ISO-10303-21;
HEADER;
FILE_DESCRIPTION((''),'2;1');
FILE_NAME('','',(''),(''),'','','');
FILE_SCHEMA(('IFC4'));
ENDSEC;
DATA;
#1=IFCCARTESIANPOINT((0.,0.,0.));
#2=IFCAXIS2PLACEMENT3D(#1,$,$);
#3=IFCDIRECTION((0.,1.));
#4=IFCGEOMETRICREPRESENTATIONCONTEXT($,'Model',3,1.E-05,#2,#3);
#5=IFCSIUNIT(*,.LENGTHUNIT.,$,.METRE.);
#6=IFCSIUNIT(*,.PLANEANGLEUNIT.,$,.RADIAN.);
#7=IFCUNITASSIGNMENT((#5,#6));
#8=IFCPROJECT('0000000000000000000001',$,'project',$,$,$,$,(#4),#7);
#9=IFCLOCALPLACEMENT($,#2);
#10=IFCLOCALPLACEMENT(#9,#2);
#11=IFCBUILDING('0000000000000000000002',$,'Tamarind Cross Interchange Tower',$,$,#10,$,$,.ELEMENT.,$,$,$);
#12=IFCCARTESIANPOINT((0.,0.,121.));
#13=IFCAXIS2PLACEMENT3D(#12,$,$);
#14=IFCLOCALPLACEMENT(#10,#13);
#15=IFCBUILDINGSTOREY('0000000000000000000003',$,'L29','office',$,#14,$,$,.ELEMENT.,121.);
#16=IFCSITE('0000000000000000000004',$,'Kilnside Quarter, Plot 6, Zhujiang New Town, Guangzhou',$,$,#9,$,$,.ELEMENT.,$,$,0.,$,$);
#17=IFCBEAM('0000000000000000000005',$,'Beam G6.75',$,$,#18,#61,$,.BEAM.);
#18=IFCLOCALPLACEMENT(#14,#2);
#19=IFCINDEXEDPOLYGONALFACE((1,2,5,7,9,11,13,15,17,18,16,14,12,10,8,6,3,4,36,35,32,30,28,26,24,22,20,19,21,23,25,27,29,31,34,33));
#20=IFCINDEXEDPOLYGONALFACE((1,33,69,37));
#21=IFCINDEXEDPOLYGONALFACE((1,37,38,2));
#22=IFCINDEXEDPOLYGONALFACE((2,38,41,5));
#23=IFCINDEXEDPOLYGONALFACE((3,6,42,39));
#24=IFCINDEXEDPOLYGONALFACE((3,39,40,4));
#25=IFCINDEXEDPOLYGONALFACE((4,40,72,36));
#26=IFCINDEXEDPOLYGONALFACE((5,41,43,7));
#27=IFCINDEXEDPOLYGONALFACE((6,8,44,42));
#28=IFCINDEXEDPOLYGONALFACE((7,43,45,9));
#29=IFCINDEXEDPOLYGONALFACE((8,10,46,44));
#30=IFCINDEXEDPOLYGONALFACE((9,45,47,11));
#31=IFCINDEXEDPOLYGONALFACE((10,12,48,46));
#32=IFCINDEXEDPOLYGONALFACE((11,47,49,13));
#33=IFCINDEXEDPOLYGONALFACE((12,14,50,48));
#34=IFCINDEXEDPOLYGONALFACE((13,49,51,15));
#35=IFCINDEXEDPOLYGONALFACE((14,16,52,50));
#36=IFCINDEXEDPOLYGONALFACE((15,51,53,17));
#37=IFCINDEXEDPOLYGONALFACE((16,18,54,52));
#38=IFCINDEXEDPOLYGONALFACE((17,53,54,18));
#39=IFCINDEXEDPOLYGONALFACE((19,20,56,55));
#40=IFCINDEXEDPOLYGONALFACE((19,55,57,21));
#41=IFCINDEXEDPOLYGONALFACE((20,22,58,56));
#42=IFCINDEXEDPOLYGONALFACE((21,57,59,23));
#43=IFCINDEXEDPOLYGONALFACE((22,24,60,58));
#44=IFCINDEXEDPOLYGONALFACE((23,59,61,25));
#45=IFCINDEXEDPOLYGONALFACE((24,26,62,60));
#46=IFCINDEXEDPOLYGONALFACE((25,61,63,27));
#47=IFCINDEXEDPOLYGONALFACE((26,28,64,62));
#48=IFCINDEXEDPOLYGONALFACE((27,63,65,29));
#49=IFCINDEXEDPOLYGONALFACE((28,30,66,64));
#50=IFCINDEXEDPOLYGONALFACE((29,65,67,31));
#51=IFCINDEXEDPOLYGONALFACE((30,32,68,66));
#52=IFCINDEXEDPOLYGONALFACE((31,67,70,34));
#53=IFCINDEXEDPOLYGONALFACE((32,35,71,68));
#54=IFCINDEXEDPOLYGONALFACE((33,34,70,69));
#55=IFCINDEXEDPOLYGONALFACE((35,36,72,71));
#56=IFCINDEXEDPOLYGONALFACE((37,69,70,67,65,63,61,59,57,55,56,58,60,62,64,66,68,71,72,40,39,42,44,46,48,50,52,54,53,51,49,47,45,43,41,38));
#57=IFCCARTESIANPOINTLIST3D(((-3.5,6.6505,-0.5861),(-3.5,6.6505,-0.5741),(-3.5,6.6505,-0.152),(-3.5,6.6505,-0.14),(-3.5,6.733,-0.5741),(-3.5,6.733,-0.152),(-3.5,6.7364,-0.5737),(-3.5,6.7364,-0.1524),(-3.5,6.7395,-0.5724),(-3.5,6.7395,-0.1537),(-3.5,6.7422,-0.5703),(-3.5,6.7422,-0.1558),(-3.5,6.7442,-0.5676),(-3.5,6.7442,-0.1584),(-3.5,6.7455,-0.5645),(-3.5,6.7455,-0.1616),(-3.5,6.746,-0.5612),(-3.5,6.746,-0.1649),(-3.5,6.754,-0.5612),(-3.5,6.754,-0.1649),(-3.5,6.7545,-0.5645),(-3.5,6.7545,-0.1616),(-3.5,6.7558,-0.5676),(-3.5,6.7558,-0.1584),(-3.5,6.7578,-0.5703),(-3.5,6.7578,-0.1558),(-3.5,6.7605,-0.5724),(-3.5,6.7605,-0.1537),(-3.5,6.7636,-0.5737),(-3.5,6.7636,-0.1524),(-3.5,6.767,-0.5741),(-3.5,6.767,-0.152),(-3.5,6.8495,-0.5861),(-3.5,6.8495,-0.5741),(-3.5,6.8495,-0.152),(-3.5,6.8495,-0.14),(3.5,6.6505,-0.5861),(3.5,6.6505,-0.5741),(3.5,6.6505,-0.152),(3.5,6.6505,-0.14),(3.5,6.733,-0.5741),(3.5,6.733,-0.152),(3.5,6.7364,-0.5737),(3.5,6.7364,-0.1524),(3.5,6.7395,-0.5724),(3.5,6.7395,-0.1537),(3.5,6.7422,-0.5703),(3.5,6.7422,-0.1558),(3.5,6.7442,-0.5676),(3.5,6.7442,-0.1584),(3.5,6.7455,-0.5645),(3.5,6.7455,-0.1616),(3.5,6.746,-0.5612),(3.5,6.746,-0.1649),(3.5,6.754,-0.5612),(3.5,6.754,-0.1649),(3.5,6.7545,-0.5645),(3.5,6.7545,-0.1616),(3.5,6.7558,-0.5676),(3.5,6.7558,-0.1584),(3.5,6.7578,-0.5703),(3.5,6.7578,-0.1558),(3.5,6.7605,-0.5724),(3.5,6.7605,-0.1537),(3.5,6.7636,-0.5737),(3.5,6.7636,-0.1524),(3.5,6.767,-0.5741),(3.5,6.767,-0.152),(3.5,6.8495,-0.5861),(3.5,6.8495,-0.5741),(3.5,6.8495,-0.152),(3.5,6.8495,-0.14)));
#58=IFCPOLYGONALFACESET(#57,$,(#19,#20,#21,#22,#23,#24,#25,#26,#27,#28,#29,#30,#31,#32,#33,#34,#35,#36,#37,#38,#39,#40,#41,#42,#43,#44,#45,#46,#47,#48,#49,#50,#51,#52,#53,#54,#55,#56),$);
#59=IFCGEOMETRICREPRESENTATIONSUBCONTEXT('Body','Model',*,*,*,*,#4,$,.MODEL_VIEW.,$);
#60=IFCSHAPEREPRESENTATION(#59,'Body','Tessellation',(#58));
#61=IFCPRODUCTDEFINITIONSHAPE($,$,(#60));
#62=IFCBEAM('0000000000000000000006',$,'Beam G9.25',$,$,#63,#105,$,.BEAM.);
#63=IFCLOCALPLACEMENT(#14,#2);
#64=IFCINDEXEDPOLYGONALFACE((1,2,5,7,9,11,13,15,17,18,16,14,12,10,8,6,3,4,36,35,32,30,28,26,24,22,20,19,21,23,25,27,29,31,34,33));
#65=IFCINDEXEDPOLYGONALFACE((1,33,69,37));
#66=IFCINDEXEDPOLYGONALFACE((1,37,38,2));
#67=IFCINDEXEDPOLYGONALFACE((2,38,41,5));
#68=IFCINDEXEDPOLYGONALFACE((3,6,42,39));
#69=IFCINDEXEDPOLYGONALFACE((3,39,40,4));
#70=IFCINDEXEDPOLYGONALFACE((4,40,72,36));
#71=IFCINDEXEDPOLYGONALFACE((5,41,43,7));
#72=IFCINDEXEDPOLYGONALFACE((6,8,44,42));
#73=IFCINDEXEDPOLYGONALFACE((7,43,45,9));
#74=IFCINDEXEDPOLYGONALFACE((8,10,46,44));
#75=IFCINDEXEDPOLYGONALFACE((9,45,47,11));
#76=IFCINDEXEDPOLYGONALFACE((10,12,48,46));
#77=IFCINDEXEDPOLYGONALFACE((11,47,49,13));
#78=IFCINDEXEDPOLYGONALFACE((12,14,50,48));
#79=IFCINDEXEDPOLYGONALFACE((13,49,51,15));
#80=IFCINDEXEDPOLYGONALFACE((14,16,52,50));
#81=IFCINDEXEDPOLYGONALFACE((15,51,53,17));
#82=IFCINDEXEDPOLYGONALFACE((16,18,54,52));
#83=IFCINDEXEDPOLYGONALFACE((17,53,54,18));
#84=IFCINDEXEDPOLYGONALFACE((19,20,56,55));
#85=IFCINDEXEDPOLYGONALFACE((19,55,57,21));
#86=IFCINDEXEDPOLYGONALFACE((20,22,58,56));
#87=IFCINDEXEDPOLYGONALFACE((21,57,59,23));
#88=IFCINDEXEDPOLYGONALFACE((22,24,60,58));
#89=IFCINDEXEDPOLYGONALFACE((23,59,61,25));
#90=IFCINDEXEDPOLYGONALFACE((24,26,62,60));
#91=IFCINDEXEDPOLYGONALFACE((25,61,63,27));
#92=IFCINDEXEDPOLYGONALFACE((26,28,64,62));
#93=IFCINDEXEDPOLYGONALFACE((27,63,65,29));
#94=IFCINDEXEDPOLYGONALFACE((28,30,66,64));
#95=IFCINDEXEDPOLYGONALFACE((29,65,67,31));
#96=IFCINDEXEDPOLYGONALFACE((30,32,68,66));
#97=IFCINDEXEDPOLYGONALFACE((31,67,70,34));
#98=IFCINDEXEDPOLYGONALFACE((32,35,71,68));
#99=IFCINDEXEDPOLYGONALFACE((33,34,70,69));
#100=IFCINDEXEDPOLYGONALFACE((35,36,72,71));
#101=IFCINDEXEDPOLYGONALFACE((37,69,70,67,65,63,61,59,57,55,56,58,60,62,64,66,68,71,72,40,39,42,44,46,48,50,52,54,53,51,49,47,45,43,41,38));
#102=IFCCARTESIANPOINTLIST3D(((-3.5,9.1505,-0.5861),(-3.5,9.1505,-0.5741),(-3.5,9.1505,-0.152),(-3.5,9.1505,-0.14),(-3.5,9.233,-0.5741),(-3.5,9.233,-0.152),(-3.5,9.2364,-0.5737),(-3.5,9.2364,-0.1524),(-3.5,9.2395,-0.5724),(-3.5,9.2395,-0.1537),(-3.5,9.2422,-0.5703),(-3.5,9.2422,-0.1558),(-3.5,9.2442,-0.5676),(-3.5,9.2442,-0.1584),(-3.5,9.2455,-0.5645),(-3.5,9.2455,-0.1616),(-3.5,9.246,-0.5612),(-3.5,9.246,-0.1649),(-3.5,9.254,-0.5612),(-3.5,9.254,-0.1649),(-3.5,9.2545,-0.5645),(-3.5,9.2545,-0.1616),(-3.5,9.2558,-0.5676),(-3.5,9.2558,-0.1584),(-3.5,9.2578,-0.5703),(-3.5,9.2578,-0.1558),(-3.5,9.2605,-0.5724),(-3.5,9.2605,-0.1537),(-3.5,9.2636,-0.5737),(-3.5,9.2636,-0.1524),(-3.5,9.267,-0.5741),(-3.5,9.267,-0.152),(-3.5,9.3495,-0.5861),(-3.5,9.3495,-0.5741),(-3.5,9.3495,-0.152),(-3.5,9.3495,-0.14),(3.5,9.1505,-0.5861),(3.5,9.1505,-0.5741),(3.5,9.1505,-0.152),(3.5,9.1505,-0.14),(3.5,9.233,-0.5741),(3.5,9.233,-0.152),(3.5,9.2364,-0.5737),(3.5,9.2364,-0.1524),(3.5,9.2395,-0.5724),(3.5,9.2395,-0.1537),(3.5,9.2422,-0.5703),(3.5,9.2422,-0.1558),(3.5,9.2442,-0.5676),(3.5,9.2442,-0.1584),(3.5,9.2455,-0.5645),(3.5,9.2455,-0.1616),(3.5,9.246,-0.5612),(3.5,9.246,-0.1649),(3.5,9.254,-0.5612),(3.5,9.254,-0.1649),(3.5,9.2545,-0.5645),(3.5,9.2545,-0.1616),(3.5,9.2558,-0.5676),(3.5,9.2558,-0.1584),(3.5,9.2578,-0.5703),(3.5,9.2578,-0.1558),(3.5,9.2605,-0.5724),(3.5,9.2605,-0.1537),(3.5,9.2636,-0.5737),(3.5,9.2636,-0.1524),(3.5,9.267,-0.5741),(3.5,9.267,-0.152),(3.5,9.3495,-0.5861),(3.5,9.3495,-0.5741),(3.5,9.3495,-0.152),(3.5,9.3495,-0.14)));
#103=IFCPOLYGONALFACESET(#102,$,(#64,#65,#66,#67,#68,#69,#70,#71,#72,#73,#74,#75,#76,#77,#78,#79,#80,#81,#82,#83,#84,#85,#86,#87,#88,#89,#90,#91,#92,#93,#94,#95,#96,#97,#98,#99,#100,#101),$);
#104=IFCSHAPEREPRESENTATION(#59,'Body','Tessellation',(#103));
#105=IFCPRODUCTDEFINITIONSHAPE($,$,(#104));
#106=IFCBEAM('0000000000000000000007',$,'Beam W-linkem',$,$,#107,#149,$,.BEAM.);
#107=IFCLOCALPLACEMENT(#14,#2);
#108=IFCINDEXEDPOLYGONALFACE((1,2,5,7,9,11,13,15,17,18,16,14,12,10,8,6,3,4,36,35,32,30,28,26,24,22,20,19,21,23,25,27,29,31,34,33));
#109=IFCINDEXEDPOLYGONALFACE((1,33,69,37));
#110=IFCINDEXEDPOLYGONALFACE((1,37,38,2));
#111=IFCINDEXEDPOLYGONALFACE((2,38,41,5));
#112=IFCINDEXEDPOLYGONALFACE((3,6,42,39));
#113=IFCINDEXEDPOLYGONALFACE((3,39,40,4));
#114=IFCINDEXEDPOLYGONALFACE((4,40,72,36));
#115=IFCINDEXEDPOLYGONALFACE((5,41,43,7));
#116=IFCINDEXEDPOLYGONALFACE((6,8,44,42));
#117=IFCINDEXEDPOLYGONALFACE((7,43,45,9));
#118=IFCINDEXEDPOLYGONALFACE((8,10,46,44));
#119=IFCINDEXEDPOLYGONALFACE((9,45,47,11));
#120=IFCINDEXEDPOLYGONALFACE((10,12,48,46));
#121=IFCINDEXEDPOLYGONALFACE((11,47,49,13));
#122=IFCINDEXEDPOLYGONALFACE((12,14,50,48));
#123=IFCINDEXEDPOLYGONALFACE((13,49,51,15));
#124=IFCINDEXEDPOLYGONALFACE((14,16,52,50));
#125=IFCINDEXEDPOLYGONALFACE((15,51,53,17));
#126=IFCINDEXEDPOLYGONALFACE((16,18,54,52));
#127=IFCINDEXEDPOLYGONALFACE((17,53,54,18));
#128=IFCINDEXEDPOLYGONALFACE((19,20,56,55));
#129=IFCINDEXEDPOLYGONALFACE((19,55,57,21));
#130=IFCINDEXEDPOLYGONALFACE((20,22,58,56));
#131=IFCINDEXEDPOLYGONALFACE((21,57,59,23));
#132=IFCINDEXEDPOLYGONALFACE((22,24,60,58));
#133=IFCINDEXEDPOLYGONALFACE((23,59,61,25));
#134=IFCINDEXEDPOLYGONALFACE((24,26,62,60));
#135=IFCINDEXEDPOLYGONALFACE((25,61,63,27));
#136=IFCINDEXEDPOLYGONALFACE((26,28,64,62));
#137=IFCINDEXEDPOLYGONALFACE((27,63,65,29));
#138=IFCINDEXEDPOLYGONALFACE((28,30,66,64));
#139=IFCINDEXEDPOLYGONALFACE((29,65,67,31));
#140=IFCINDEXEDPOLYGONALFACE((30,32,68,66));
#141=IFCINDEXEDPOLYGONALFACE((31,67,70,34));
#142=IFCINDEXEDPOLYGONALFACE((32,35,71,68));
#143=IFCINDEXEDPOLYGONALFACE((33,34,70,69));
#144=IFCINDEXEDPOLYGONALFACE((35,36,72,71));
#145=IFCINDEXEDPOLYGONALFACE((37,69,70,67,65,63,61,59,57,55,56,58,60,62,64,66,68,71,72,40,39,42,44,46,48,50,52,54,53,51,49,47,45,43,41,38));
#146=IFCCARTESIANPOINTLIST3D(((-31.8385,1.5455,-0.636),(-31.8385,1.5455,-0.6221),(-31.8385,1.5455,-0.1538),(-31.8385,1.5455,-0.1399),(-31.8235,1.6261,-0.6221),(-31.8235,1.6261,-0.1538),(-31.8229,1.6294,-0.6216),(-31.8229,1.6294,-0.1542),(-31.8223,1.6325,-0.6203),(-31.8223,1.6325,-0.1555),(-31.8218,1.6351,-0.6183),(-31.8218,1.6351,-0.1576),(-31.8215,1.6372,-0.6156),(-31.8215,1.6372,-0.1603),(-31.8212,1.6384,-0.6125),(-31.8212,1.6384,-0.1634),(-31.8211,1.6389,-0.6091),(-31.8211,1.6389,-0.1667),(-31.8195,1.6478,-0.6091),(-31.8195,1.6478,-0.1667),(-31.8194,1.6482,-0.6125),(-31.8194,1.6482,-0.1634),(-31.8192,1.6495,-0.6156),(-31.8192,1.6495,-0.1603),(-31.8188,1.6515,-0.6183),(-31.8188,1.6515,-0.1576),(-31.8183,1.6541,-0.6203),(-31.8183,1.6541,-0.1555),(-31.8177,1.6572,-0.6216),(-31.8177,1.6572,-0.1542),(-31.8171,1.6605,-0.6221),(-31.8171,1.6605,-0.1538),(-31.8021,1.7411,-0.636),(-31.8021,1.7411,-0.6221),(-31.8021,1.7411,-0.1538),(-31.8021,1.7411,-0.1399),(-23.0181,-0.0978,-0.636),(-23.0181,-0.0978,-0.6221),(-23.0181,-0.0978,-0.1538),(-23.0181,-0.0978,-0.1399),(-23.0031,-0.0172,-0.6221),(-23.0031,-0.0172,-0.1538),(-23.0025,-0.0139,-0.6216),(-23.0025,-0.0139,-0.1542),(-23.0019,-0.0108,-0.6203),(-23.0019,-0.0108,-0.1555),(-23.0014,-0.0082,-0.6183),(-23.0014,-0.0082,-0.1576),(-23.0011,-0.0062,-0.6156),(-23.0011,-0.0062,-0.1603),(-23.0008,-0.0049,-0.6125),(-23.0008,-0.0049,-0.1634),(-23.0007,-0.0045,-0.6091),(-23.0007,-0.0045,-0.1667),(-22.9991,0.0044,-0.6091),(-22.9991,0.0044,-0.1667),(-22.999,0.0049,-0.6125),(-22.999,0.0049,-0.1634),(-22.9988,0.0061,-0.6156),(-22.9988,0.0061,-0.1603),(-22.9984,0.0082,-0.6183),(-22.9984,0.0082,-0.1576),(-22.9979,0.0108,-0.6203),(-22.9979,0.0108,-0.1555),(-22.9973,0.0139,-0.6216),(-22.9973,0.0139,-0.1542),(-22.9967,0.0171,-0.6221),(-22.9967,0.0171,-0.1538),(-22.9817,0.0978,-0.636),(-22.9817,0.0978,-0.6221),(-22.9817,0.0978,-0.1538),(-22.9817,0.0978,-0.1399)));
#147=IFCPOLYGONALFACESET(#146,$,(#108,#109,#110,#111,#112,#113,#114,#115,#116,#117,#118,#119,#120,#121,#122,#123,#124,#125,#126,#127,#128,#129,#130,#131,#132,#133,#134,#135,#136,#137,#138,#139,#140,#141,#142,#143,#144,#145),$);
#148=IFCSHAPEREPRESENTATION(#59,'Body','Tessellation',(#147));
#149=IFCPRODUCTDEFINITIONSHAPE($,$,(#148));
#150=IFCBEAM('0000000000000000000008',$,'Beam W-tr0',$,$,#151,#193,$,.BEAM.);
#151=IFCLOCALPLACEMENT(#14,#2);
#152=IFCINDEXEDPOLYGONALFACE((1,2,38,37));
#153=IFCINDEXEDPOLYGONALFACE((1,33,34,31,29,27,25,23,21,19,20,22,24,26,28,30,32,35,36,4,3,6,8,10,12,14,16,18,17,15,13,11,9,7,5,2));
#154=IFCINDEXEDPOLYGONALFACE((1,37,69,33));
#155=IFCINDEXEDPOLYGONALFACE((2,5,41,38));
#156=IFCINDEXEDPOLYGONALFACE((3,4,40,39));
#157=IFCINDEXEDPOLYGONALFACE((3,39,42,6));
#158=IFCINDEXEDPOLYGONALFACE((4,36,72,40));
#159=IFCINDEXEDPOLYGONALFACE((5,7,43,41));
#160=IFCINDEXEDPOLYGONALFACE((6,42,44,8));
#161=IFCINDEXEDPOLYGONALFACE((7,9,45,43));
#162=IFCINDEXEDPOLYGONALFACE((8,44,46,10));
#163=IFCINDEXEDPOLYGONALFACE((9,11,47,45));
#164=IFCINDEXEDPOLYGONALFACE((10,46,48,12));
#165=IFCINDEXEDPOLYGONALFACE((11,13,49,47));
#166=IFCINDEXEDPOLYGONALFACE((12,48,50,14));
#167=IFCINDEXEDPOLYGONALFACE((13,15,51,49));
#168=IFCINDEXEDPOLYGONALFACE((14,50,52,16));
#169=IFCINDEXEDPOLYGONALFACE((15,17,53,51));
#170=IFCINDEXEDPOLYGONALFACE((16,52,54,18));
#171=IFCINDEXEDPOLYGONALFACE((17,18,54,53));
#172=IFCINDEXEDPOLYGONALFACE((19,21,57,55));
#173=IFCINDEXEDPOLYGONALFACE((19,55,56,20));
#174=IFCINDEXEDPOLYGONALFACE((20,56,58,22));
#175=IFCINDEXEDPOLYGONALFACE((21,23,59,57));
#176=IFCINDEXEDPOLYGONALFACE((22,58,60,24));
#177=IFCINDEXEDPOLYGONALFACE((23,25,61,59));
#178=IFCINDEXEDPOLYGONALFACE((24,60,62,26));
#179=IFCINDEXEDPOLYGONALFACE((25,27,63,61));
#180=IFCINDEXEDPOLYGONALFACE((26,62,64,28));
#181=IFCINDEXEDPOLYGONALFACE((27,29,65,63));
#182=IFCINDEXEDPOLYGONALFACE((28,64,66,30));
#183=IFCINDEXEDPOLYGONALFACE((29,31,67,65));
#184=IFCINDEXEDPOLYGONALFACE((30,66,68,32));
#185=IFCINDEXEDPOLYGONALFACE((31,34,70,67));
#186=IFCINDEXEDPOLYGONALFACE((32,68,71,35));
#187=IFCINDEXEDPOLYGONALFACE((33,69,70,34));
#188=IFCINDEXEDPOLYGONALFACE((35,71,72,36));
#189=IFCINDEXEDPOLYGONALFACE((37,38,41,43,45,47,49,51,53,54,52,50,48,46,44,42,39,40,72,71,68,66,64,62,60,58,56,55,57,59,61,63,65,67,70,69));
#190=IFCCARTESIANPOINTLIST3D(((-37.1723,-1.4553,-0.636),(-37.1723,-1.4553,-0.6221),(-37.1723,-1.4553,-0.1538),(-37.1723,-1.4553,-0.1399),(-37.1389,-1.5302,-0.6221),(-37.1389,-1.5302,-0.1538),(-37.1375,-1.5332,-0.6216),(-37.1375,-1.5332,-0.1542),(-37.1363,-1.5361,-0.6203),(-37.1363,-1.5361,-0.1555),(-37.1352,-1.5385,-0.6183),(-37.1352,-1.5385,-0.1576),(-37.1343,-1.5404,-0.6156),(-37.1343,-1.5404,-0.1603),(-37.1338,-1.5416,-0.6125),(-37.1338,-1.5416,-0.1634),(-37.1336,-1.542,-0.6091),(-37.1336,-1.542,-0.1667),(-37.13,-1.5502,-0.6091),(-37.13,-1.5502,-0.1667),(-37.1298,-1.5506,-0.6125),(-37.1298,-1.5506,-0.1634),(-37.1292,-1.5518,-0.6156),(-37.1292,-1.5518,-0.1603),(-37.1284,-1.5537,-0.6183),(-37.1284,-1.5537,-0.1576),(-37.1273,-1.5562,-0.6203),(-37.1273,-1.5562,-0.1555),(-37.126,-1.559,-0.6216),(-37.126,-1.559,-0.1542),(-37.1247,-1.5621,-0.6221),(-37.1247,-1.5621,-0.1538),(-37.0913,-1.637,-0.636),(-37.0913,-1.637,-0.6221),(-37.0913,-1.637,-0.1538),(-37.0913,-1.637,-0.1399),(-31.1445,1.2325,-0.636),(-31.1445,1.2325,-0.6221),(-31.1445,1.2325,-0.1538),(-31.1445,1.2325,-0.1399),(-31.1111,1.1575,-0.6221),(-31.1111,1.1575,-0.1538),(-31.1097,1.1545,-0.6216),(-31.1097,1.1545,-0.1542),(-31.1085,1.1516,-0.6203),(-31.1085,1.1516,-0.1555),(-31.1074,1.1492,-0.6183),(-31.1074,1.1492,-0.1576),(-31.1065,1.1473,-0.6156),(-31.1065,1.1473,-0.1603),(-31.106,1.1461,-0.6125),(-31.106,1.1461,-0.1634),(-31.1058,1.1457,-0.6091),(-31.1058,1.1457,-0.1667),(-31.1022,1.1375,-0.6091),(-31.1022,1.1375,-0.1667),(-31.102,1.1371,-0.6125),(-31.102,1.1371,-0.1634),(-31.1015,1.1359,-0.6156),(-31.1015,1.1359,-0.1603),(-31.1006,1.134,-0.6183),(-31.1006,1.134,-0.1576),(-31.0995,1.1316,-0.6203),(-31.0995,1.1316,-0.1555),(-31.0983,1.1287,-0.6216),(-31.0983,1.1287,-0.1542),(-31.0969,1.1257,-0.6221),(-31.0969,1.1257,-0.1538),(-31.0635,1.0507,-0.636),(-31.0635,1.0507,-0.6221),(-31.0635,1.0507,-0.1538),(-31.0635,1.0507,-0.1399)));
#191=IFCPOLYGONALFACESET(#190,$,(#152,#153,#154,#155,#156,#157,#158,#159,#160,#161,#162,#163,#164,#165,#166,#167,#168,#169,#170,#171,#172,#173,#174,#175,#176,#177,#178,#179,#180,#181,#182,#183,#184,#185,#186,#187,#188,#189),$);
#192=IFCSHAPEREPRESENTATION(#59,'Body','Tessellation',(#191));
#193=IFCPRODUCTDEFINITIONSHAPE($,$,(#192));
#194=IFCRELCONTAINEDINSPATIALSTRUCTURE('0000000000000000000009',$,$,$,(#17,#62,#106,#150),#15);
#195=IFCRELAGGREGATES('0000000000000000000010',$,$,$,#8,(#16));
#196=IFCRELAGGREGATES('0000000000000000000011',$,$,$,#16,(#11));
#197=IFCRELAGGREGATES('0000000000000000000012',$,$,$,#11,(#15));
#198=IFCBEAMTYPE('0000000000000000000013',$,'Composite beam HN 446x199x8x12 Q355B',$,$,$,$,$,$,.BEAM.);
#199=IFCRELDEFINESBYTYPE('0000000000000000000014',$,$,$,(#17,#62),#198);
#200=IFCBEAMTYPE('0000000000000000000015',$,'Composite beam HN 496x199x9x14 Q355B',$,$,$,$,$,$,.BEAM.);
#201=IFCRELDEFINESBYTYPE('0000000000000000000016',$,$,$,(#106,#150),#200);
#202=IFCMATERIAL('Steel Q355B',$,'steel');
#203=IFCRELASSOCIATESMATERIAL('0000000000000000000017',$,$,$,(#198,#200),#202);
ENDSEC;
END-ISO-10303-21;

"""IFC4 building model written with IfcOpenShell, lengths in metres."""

from ifc_helpers import new_model, si_unit, direction, frame, origin, origin_2d, place, context, subcontext, project, spatial, i_section, extrude, material, material_profile, profile_set, type_object, element, save


model = new_model("IFC4")

# Units and contexts
model_context = context("Model", 3, precision=1e-05, world=origin(), true_north=direction((0.0, 1.0)))
body_context = subcontext(model_context, "Body", "Model", "MODEL_VIEW")
ifc_project = project(units=[si_unit("LENGTHUNIT", "METRE"), si_unit("PLANEANGLEUNIT", "RADIAN")], contexts=[model_context])

# Site, building, storey
site_placement = place(None, origin())
site = spatial("IfcSite", under=ifc_project, at=site_placement, Name="Kilnside Quarter, Plot 6, Zhujiang New Town, Guangzhou", CompositionType="ELEMENT", RefElevation=0.0)
building_placement = place(site_placement, origin())
building = spatial("IfcBuilding", under=site, at=building_placement, Name="Tamarind Cross Interchange Tower", CompositionType="ELEMENT")
storey_placement = place(building_placement, frame((0.0, 0.0, 121.0)))
storey = spatial("IfcBuildingStorey", under=building, at=storey_placement, Name="L29", Description="office", CompositionType="ELEMENT", Elevation=121.0)

# Beams
ifc_material_1 = material(Name="Steel Q355B", Category="steel")
ifc_material_profile_1 = material_profile(ifc_material_1, i_section(OverallWidth=0.199, OverallDepth=0.446, WebThickness=0.0081, FlangeThickness=0.012, FilletRadius=0.0129, at=origin_2d()), Name="HN 446x199x8x12")
ifc_profile_set_1 = profile_set([ifc_material_profile_1], Name="Steel Q355B")
beam_type_1 = type_object("IfcBeamType", Name="Composite beam HN 446x199x8x12 Q355B", PredefinedType="BEAM", material=ifc_profile_set_1)
for number, where, z_axis, x_axis, name in (
    (1, (-3.5, 6.75, -0.363), (1.0, 0.0, 0.0), (0.0, 1.0, 0.0), "Beam G6.75"),
    (2, (-3.5, 9.25, -0.363), (1.0, 0.0, 0.0), (0.0, 1.0, 0.0), "Beam G9.25"),
):
    element("IfcBeam", number, at=place(storey_placement, frame(where, z_axis=z_axis, x_axis=x_axis)), inside=storey, type_object=beam_type_1, Name=name, PredefinedType="BEAM", context=body_context, shape_type="SweptSolid", body=[
        extrude(i_section(OverallWidth=0.199, OverallDepth=0.446, WebThickness=0.0081, FlangeThickness=0.012, FilletRadius=0.0129, at=origin_2d()), origin(), (0.0, 0.0, 1.0), 7.0),
    ])
ifc_material_profile_2 = material_profile(ifc_material_1, i_section(OverallWidth=0.199, OverallDepth=0.4961, WebThickness=0.009, FlangeThickness=0.0139, FilletRadius=0.0129, at=origin_2d()), Name="HN 496x199x9x14")
ifc_profile_set_2 = profile_set([ifc_material_profile_2], Name="Steel Q355B")
beam_type_2 = type_object("IfcBeamType", Name="Composite beam HN 496x199x9x14 Q355B", PredefinedType="BEAM", material=ifc_profile_set_2)
beam_1_placement = place(storey_placement, frame((-31.8203, 1.6433, -0.3879), z_axis=(0.983083, -0.183158, 0.0), x_axis=(0.183158, 0.983083, 0.0)))
element("IfcBeam", 3, at=beam_1_placement, inside=storey, type_object=beam_type_2, Name="Beam W-linkem", PredefinedType="BEAM", context=body_context, shape_type="SweptSolid", body=[
    extrude(i_section(OverallWidth=0.199, OverallDepth=0.4961, WebThickness=0.009, FlangeThickness=0.0139, FilletRadius=0.0129, at=origin_2d()), origin(), (0.0, 0.0, 1.0), 8.9722),
])
beam_2_placement = place(storey_placement, frame((-31.104, 1.1416, -0.3879), z_axis=(-0.913321, -0.40724, 0.0), x_axis=(0.40724, -0.913321, 0.0)))
element("IfcBeam", 4, at=beam_2_placement, inside=storey, type_object=beam_type_2, Name="Beam W-tr0", PredefinedType="BEAM", context=body_context, shape_type="SweptSolid", body=[
    extrude(i_section(OverallWidth=0.199, OverallDepth=0.4961, WebThickness=0.009, FlangeThickness=0.0139, FilletRadius=0.0129, at=origin_2d()), origin(), (0.0, 0.0, 1.0), 6.5999),
])

save(model, "model.ifc")
